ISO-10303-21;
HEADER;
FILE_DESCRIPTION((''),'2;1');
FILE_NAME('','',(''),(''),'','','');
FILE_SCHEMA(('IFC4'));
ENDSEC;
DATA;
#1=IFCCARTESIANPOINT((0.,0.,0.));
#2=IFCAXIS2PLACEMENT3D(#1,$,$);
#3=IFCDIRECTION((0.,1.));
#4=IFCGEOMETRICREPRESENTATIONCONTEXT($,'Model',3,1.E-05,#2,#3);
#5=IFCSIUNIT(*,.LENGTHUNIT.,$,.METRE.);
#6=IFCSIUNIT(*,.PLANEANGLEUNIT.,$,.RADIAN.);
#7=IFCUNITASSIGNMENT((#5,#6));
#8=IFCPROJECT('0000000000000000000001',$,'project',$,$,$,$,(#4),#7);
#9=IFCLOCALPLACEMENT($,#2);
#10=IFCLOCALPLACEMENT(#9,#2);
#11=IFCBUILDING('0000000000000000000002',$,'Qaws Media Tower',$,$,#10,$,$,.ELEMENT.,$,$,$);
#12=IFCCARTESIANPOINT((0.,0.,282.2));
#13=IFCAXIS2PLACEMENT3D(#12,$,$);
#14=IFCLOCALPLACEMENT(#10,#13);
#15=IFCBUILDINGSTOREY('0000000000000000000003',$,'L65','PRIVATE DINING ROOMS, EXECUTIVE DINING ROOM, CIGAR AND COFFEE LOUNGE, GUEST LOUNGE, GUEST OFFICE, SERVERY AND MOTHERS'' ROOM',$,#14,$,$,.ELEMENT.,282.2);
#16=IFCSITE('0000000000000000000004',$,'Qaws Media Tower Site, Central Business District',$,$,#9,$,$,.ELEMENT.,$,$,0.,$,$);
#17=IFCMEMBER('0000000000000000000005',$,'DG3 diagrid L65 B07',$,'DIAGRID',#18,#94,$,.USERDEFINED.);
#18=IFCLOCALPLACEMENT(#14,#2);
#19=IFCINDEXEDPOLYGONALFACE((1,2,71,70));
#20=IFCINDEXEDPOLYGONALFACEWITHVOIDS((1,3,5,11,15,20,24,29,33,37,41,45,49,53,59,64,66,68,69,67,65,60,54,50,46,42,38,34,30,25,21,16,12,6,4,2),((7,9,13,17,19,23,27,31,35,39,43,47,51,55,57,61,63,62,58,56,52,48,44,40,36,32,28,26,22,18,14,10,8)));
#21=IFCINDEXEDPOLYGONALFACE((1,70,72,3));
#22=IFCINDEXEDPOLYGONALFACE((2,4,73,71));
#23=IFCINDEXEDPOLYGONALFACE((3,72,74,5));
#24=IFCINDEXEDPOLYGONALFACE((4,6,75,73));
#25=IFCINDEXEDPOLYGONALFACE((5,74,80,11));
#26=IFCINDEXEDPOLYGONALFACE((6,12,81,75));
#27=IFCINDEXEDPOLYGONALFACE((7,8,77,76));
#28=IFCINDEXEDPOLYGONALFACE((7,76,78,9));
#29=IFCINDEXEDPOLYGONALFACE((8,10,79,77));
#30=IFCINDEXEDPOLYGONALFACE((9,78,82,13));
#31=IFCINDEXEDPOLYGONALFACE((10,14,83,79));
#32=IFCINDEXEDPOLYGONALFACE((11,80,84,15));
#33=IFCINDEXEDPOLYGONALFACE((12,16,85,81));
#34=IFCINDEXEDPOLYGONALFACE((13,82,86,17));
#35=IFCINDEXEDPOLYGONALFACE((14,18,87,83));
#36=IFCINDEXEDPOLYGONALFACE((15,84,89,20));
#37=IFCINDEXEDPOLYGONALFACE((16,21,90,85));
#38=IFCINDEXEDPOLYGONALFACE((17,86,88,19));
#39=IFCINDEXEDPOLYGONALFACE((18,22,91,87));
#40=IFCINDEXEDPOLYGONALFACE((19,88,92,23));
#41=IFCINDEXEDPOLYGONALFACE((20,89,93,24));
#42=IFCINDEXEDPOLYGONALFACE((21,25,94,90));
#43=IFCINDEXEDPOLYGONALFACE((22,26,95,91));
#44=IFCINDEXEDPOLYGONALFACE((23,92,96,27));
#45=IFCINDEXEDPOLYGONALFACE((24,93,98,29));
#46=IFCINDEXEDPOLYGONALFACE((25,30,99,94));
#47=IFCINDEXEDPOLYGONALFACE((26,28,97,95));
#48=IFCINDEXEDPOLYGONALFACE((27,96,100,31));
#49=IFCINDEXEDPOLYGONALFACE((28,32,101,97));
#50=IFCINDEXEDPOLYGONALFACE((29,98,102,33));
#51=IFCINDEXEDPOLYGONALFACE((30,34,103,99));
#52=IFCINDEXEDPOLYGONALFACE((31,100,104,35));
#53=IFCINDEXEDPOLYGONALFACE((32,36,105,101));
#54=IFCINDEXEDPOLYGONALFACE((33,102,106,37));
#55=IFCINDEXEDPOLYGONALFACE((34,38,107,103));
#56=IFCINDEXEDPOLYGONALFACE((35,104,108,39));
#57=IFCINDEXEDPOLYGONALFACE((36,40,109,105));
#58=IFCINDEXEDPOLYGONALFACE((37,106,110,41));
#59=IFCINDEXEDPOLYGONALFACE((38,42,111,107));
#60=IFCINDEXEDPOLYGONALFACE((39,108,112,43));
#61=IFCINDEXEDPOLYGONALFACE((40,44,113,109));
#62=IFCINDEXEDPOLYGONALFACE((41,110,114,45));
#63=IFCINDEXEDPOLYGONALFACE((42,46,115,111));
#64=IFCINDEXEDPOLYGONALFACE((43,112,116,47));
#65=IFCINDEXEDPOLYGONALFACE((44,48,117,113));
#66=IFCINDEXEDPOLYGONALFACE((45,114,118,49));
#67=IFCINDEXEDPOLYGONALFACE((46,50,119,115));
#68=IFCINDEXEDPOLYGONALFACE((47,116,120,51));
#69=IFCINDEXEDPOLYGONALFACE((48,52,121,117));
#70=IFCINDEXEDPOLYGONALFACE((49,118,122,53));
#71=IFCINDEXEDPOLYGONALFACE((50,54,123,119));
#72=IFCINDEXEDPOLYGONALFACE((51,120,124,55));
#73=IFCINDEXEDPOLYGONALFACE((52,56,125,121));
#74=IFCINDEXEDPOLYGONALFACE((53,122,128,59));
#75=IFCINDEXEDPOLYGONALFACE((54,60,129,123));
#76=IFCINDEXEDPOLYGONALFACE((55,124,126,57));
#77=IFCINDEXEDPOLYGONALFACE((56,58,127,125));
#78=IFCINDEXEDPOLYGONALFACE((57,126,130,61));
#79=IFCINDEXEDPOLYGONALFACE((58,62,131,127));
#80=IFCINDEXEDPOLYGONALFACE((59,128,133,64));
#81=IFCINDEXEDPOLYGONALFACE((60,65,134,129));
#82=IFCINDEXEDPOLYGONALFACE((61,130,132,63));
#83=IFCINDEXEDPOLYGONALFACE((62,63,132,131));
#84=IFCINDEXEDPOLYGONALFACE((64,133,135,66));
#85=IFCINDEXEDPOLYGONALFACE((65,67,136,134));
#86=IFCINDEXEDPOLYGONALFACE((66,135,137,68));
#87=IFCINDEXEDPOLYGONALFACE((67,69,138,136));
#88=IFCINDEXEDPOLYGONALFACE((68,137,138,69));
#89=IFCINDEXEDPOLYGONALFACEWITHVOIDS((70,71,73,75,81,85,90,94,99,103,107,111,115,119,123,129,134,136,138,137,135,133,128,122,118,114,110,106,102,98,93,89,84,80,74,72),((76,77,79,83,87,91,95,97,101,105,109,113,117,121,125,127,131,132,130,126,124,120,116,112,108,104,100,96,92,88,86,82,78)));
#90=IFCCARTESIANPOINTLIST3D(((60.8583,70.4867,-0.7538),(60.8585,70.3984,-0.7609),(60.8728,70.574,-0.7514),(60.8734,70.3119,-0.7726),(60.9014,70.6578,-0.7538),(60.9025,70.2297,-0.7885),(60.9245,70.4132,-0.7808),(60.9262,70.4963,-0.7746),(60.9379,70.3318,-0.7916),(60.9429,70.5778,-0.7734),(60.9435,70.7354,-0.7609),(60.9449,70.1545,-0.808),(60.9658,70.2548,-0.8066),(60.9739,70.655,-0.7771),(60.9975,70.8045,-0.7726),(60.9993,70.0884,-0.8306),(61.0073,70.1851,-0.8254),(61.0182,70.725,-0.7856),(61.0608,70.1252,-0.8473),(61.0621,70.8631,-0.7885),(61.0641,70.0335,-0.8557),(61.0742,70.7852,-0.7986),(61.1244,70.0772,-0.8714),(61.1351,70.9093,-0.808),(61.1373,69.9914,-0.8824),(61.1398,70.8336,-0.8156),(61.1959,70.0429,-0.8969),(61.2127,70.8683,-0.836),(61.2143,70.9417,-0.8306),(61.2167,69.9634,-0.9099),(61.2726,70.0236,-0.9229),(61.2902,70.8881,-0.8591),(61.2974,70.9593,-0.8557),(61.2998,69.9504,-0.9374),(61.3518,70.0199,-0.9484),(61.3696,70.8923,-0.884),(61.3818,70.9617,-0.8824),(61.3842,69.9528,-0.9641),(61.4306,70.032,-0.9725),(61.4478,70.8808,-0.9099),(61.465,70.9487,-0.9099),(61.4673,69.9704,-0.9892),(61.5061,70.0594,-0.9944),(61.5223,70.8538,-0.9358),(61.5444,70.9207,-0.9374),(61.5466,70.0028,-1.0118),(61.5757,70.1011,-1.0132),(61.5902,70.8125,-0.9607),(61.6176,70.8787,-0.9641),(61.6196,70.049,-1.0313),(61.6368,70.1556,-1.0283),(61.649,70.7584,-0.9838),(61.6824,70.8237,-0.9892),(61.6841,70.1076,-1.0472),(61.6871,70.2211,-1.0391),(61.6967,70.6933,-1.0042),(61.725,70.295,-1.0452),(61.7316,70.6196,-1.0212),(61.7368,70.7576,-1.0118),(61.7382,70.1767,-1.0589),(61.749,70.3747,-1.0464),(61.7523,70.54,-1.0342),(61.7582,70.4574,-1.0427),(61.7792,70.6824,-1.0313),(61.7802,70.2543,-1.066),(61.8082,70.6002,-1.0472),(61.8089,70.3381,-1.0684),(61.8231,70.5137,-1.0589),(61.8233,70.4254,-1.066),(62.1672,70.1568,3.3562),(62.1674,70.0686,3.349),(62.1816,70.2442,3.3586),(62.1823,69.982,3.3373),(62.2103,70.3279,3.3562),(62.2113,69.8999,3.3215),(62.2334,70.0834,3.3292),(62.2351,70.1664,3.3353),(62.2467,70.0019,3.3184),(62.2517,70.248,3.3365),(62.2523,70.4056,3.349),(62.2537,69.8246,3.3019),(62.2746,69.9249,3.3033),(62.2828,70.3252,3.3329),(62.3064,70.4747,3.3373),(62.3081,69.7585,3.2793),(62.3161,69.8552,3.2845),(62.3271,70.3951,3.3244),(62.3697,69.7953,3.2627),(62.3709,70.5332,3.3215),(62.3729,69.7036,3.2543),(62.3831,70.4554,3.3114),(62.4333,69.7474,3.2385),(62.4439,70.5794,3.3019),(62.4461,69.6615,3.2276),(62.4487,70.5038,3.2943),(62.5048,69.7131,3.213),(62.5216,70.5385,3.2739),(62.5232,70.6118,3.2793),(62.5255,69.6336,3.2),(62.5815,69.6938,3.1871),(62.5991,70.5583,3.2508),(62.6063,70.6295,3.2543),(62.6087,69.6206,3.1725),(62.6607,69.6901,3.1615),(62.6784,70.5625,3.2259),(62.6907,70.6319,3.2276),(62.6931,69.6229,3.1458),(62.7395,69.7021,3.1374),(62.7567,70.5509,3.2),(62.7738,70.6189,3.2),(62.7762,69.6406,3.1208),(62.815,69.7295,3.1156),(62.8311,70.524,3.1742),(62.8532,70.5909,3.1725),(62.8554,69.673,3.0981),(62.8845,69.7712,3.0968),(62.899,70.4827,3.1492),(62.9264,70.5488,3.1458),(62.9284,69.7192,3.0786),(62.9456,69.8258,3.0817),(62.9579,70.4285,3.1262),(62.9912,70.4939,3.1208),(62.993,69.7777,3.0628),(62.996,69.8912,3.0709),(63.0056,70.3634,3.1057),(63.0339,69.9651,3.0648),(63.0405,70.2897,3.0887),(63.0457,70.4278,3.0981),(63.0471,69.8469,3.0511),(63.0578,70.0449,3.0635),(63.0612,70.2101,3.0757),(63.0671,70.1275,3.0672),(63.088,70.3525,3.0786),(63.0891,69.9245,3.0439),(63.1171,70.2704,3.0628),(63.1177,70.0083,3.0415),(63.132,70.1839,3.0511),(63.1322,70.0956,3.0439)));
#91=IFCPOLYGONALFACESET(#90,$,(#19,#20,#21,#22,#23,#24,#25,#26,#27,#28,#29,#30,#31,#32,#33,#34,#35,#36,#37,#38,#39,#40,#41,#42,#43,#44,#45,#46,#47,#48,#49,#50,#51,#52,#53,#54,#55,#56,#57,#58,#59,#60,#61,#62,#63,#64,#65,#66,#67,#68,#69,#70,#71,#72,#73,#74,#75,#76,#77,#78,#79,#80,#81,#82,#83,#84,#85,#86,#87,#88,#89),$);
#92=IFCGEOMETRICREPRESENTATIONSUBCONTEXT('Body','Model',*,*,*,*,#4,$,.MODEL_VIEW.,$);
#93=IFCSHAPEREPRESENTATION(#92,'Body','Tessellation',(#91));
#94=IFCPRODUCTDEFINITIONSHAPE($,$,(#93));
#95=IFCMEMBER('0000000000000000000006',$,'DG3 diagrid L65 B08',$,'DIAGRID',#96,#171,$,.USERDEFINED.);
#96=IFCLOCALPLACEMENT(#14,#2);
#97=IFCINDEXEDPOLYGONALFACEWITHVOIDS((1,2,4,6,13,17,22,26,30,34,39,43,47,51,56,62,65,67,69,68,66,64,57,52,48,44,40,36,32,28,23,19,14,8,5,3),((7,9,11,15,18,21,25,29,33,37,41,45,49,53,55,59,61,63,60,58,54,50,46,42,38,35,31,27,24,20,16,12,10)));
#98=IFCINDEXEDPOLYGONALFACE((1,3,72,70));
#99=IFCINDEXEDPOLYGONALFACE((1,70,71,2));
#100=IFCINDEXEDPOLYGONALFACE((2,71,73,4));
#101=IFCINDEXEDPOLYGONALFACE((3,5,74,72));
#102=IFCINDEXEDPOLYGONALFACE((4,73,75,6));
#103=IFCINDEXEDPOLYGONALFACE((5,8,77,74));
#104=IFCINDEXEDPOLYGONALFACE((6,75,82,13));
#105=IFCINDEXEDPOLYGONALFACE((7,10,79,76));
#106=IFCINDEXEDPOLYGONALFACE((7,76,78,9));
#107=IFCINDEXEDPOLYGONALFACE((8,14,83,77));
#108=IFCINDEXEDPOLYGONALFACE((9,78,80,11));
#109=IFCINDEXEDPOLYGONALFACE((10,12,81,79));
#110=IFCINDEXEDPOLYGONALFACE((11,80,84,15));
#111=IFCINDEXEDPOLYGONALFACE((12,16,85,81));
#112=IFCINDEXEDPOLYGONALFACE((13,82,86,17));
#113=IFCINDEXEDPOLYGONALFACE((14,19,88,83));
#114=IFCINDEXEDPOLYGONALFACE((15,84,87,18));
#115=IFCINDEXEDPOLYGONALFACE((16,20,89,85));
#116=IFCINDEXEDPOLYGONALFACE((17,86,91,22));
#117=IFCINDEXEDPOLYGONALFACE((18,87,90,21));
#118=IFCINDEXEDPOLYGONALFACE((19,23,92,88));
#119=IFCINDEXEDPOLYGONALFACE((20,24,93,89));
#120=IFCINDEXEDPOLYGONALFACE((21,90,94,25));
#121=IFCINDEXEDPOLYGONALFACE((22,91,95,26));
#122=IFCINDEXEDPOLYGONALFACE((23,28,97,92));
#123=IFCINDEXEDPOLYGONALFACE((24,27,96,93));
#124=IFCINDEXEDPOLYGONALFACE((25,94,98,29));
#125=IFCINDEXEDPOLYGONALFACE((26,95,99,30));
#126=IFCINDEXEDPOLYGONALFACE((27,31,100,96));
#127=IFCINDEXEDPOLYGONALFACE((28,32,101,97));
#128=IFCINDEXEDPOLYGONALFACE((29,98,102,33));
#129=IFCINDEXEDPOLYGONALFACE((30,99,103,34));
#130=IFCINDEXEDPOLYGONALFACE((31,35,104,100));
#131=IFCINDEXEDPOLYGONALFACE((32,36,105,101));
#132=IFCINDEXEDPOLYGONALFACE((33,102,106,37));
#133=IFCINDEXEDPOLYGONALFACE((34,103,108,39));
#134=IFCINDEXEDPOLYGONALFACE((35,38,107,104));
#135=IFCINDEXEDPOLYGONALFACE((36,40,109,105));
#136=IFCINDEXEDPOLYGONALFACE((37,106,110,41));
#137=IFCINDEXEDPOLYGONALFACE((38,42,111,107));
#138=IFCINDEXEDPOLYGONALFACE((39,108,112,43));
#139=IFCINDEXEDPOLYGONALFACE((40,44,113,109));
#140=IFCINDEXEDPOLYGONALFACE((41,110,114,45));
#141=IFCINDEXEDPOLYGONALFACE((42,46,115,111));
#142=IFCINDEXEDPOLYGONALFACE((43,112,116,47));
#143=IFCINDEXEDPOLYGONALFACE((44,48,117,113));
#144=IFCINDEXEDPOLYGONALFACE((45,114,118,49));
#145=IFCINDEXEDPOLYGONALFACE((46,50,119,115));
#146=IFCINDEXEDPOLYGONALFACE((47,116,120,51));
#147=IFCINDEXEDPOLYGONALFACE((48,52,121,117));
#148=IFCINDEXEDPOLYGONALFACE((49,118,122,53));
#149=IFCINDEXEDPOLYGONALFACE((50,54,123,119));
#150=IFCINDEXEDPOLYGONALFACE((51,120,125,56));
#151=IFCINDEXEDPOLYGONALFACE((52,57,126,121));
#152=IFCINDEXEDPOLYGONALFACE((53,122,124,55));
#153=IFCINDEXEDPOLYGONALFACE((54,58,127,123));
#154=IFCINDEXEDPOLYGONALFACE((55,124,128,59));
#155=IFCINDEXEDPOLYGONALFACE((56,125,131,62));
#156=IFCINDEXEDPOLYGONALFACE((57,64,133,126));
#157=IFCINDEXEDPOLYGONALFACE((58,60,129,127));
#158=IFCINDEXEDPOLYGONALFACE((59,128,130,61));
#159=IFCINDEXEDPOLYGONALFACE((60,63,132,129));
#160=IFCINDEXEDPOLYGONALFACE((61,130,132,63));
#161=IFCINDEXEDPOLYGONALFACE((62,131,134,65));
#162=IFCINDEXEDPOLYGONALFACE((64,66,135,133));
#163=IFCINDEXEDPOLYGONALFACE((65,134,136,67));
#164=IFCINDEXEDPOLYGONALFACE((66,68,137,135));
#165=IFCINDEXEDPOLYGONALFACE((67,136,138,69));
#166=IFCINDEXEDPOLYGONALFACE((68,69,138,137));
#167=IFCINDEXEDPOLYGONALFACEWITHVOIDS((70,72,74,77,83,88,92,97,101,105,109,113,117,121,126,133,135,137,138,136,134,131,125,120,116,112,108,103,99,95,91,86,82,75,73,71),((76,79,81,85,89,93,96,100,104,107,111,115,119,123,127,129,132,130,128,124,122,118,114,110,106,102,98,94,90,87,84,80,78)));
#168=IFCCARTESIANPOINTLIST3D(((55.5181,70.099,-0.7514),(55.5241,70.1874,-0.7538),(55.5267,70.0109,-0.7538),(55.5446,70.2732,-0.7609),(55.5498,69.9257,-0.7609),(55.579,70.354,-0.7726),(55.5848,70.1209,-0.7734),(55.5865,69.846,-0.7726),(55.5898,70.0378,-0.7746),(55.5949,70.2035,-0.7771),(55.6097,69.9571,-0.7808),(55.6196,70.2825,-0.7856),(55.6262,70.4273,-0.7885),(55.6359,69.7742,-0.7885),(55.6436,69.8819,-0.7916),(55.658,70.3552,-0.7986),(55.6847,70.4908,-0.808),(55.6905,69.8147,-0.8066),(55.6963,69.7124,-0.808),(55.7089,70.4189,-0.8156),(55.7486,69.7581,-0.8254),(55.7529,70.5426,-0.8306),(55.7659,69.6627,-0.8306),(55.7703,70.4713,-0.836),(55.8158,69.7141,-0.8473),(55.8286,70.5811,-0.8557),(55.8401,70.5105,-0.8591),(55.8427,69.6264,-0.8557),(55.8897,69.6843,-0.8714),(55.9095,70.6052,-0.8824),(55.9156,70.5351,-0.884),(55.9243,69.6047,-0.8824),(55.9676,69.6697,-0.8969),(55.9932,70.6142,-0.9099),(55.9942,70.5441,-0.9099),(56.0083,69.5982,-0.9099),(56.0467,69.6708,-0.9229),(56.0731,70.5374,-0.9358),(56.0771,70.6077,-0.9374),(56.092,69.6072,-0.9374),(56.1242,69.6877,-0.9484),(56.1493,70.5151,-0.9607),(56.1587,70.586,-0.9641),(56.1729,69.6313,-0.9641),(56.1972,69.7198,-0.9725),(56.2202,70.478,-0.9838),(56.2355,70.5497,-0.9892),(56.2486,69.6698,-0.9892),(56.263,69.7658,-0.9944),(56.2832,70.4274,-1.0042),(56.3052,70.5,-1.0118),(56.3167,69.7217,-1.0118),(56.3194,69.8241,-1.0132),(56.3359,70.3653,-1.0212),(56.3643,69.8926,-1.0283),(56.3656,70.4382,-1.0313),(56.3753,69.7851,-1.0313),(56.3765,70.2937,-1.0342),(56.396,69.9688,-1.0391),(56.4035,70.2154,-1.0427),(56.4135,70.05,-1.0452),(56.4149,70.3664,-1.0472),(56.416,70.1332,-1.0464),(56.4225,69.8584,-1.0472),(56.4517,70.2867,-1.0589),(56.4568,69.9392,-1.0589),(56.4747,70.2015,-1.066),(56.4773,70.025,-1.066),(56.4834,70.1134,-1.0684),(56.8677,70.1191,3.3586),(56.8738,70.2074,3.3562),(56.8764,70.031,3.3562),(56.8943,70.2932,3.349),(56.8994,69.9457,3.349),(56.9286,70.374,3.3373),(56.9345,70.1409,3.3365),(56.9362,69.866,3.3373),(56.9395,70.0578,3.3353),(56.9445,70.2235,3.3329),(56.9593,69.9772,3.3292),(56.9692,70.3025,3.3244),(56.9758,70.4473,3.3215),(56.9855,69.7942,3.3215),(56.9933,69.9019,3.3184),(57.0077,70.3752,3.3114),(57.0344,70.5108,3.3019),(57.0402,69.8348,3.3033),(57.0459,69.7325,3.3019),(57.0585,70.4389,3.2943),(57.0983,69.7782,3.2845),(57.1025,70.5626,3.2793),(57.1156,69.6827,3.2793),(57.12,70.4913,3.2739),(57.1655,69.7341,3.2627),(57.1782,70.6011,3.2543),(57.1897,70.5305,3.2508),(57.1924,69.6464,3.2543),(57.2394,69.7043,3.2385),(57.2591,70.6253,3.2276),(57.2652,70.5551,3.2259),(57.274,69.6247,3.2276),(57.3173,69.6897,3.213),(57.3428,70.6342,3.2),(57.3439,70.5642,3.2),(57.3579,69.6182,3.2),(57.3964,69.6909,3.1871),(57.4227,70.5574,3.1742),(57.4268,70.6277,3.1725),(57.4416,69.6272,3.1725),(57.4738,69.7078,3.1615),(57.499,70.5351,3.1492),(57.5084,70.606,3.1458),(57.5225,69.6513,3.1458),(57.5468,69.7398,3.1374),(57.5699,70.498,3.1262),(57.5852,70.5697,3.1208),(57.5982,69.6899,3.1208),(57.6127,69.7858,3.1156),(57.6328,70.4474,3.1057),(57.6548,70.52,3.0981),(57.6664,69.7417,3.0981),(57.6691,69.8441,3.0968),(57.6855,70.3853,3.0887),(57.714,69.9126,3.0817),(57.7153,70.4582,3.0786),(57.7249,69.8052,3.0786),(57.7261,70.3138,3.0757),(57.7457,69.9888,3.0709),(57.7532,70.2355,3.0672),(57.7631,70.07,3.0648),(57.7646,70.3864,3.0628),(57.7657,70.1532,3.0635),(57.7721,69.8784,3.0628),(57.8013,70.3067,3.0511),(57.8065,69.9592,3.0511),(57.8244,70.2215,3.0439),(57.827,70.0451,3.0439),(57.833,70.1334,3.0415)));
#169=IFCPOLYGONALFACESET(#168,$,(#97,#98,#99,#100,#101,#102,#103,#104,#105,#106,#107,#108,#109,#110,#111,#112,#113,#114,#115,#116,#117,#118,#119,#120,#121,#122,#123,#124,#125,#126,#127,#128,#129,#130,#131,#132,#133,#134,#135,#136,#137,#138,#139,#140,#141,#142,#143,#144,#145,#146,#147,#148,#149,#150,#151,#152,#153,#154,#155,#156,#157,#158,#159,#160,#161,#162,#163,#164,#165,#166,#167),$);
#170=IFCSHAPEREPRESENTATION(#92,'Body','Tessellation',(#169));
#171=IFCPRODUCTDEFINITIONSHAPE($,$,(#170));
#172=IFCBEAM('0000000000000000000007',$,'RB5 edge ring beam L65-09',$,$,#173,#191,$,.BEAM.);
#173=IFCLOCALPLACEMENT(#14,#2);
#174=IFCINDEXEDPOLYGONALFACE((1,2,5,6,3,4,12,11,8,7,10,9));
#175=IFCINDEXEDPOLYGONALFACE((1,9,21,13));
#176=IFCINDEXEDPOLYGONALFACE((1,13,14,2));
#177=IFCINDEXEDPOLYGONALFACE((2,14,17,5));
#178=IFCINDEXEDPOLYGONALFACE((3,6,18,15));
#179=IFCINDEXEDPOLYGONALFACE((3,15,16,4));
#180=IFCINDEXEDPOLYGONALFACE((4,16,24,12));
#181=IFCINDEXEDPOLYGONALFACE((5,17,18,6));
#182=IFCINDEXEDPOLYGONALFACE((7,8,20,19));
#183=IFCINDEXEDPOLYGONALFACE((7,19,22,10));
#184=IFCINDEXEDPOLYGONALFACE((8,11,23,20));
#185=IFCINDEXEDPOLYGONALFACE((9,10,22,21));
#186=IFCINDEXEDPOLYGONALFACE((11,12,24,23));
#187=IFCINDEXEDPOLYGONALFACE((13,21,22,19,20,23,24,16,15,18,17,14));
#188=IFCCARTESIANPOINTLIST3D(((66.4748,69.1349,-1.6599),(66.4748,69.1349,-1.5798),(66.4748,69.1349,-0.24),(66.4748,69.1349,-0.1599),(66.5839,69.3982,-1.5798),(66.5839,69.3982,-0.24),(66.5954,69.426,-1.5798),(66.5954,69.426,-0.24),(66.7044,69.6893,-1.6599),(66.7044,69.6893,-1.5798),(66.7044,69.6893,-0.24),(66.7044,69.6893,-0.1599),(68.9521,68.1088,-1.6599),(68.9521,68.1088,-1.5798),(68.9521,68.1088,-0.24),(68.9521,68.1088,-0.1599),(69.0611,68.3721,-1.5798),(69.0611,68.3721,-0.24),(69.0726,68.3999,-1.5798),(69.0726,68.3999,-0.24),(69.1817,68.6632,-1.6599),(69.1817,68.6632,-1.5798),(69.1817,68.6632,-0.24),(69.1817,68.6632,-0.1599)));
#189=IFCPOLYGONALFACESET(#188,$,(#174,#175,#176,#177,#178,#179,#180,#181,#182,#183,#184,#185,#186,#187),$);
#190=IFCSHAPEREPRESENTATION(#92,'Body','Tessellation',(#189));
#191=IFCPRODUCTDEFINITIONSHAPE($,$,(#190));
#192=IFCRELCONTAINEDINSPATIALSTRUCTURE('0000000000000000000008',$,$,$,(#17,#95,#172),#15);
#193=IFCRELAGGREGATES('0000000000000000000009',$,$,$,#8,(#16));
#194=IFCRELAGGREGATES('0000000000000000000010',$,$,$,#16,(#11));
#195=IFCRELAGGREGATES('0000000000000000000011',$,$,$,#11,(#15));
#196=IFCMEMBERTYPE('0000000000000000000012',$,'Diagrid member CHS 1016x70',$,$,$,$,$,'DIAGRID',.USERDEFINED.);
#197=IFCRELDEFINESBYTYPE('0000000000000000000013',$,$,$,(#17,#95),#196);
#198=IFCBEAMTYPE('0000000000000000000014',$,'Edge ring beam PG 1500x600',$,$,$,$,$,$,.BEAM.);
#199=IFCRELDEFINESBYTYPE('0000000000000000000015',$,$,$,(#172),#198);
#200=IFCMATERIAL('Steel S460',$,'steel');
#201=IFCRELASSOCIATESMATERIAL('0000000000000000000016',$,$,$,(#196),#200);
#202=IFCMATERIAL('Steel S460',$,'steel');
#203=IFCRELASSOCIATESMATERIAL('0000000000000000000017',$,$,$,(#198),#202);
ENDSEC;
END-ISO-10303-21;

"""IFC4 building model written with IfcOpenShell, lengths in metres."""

from ifc_helpers import new_model, si_unit, direction, frame, origin, origin_2d, place, context, subcontext, project, spatial, hollow_circle, i_section, extrude, material, material_profile, profile_set, type_object, element, save


model = new_model("IFC4")

# Units and contexts
model_context = context("Model", 3, precision=1e-05, world=origin(), true_north=direction((0.0, 1.0)))
body_context = subcontext(model_context, "Body", "Model", "MODEL_VIEW")
ifc_project = project(units=[si_unit("LENGTHUNIT", "METRE"), si_unit("PLANEANGLEUNIT", "RADIAN")], contexts=[model_context])

# Site, building, storey
site_placement = place(None, origin())
site = spatial("IfcSite", under=ifc_project, at=site_placement, Name="Qaws Media Tower Site, Central Business District", CompositionType="ELEMENT", RefElevation=0.0)
building_placement = place(site_placement, origin())
building = spatial("IfcBuilding", under=site, at=building_placement, Name="Qaws Media Tower", CompositionType="ELEMENT")
storey_placement = place(building_placement, frame((0.0, 0.0, 282.2)))
storey = spatial("IfcBuildingStorey", under=building, at=storey_placement, Name="L65", Description="PRIVATE DINING ROOMS, EXECUTIVE DINING ROOM, CIGAR AND COFFEE LOUNGE, GUEST LOUNGE, GUEST OFFICE, SERVERY AND MOTHERS' ROOM", CompositionType="ELEMENT", Elevation=282.2)

# Members
ifc_material_1 = material(Name="Steel S460", Category="steel")
ifc_material_profile_1 = material_profile(ifc_material_1, hollow_circle(Radius=0.5081, WallThickness=0.0701, at=origin_2d()), Name="CHS 1016x70")
ifc_profile_set_1 = profile_set([ifc_material_profile_1], Name="Steel S460")
member_type_1 = type_object("IfcMemberType", Name="Diagrid member CHS 1016x70", ElementType="DIAGRID", PredefinedType="USERDEFINED", material=ifc_profile_set_1)
for number, where, z_axis, x_axis, name in (
    (1, (61.3408, 70.4561, -0.9099), (0.302563, -0.076248, 0.950075), (0.244365, 0.969683, 0.0), "DG3 diagrid L65 B07"),
    (2, (56.0007, 70.1062, -0.9099), (0.311988, 0.004628, 0.950075), (-0.014832, 0.99989, 0.0), "DG3 diagrid L65 B08"),
):
    element("IfcMember", number, at=place(storey_placement, frame(where, z_axis=z_axis, x_axis=x_axis)), inside=storey, type_object=member_type_1, Name=name, ObjectType="DIAGRID", PredefinedType="USERDEFINED", context=body_context, shape_type="SweptSolid", body=[
        extrude(hollow_circle(Radius=0.5081, WallThickness=0.0701, at=origin_2d()), origin(), (0.0, 0.0, 1.0), 4.3259),
    ])

# Beam
ifc_material_2 = material(Name="Steel S460", Category="steel")
ifc_material_profile_2 = material_profile(ifc_material_2, i_section(OverallWidth=0.6001, OverallDepth=1.5, WebThickness=0.03, FlangeThickness=0.0801, at=origin_2d()), Name="PG 1500x600")
ifc_profile_set_2 = profile_set([ifc_material_profile_2], Name="Steel S460")
beam_type = type_object("IfcBeamType", Name="Edge ring beam PG 1500x600", PredefinedType="BEAM", material=ifc_profile_set_2)
beam_1_placement = place(storey_placement, frame((69.0669, 68.386, -0.9099), z_axis=(-0.92388, 0.382681, 0.0), x_axis=(-0.382681, -0.92388, 0.0)))
element("IfcBeam", 3, at=beam_1_placement, inside=storey, type_object=beam_type, Name="RB5 edge ring beam L65-09", PredefinedType="BEAM", context=body_context, shape_type="SweptSolid", body=[
    extrude(i_section(OverallWidth=0.6001, OverallDepth=1.5, WebThickness=0.03, FlangeThickness=0.0801, at=origin_2d()), origin(), (0.0, 0.0, 1.0), 2.6814),
])

save(model, "model.ifc")
